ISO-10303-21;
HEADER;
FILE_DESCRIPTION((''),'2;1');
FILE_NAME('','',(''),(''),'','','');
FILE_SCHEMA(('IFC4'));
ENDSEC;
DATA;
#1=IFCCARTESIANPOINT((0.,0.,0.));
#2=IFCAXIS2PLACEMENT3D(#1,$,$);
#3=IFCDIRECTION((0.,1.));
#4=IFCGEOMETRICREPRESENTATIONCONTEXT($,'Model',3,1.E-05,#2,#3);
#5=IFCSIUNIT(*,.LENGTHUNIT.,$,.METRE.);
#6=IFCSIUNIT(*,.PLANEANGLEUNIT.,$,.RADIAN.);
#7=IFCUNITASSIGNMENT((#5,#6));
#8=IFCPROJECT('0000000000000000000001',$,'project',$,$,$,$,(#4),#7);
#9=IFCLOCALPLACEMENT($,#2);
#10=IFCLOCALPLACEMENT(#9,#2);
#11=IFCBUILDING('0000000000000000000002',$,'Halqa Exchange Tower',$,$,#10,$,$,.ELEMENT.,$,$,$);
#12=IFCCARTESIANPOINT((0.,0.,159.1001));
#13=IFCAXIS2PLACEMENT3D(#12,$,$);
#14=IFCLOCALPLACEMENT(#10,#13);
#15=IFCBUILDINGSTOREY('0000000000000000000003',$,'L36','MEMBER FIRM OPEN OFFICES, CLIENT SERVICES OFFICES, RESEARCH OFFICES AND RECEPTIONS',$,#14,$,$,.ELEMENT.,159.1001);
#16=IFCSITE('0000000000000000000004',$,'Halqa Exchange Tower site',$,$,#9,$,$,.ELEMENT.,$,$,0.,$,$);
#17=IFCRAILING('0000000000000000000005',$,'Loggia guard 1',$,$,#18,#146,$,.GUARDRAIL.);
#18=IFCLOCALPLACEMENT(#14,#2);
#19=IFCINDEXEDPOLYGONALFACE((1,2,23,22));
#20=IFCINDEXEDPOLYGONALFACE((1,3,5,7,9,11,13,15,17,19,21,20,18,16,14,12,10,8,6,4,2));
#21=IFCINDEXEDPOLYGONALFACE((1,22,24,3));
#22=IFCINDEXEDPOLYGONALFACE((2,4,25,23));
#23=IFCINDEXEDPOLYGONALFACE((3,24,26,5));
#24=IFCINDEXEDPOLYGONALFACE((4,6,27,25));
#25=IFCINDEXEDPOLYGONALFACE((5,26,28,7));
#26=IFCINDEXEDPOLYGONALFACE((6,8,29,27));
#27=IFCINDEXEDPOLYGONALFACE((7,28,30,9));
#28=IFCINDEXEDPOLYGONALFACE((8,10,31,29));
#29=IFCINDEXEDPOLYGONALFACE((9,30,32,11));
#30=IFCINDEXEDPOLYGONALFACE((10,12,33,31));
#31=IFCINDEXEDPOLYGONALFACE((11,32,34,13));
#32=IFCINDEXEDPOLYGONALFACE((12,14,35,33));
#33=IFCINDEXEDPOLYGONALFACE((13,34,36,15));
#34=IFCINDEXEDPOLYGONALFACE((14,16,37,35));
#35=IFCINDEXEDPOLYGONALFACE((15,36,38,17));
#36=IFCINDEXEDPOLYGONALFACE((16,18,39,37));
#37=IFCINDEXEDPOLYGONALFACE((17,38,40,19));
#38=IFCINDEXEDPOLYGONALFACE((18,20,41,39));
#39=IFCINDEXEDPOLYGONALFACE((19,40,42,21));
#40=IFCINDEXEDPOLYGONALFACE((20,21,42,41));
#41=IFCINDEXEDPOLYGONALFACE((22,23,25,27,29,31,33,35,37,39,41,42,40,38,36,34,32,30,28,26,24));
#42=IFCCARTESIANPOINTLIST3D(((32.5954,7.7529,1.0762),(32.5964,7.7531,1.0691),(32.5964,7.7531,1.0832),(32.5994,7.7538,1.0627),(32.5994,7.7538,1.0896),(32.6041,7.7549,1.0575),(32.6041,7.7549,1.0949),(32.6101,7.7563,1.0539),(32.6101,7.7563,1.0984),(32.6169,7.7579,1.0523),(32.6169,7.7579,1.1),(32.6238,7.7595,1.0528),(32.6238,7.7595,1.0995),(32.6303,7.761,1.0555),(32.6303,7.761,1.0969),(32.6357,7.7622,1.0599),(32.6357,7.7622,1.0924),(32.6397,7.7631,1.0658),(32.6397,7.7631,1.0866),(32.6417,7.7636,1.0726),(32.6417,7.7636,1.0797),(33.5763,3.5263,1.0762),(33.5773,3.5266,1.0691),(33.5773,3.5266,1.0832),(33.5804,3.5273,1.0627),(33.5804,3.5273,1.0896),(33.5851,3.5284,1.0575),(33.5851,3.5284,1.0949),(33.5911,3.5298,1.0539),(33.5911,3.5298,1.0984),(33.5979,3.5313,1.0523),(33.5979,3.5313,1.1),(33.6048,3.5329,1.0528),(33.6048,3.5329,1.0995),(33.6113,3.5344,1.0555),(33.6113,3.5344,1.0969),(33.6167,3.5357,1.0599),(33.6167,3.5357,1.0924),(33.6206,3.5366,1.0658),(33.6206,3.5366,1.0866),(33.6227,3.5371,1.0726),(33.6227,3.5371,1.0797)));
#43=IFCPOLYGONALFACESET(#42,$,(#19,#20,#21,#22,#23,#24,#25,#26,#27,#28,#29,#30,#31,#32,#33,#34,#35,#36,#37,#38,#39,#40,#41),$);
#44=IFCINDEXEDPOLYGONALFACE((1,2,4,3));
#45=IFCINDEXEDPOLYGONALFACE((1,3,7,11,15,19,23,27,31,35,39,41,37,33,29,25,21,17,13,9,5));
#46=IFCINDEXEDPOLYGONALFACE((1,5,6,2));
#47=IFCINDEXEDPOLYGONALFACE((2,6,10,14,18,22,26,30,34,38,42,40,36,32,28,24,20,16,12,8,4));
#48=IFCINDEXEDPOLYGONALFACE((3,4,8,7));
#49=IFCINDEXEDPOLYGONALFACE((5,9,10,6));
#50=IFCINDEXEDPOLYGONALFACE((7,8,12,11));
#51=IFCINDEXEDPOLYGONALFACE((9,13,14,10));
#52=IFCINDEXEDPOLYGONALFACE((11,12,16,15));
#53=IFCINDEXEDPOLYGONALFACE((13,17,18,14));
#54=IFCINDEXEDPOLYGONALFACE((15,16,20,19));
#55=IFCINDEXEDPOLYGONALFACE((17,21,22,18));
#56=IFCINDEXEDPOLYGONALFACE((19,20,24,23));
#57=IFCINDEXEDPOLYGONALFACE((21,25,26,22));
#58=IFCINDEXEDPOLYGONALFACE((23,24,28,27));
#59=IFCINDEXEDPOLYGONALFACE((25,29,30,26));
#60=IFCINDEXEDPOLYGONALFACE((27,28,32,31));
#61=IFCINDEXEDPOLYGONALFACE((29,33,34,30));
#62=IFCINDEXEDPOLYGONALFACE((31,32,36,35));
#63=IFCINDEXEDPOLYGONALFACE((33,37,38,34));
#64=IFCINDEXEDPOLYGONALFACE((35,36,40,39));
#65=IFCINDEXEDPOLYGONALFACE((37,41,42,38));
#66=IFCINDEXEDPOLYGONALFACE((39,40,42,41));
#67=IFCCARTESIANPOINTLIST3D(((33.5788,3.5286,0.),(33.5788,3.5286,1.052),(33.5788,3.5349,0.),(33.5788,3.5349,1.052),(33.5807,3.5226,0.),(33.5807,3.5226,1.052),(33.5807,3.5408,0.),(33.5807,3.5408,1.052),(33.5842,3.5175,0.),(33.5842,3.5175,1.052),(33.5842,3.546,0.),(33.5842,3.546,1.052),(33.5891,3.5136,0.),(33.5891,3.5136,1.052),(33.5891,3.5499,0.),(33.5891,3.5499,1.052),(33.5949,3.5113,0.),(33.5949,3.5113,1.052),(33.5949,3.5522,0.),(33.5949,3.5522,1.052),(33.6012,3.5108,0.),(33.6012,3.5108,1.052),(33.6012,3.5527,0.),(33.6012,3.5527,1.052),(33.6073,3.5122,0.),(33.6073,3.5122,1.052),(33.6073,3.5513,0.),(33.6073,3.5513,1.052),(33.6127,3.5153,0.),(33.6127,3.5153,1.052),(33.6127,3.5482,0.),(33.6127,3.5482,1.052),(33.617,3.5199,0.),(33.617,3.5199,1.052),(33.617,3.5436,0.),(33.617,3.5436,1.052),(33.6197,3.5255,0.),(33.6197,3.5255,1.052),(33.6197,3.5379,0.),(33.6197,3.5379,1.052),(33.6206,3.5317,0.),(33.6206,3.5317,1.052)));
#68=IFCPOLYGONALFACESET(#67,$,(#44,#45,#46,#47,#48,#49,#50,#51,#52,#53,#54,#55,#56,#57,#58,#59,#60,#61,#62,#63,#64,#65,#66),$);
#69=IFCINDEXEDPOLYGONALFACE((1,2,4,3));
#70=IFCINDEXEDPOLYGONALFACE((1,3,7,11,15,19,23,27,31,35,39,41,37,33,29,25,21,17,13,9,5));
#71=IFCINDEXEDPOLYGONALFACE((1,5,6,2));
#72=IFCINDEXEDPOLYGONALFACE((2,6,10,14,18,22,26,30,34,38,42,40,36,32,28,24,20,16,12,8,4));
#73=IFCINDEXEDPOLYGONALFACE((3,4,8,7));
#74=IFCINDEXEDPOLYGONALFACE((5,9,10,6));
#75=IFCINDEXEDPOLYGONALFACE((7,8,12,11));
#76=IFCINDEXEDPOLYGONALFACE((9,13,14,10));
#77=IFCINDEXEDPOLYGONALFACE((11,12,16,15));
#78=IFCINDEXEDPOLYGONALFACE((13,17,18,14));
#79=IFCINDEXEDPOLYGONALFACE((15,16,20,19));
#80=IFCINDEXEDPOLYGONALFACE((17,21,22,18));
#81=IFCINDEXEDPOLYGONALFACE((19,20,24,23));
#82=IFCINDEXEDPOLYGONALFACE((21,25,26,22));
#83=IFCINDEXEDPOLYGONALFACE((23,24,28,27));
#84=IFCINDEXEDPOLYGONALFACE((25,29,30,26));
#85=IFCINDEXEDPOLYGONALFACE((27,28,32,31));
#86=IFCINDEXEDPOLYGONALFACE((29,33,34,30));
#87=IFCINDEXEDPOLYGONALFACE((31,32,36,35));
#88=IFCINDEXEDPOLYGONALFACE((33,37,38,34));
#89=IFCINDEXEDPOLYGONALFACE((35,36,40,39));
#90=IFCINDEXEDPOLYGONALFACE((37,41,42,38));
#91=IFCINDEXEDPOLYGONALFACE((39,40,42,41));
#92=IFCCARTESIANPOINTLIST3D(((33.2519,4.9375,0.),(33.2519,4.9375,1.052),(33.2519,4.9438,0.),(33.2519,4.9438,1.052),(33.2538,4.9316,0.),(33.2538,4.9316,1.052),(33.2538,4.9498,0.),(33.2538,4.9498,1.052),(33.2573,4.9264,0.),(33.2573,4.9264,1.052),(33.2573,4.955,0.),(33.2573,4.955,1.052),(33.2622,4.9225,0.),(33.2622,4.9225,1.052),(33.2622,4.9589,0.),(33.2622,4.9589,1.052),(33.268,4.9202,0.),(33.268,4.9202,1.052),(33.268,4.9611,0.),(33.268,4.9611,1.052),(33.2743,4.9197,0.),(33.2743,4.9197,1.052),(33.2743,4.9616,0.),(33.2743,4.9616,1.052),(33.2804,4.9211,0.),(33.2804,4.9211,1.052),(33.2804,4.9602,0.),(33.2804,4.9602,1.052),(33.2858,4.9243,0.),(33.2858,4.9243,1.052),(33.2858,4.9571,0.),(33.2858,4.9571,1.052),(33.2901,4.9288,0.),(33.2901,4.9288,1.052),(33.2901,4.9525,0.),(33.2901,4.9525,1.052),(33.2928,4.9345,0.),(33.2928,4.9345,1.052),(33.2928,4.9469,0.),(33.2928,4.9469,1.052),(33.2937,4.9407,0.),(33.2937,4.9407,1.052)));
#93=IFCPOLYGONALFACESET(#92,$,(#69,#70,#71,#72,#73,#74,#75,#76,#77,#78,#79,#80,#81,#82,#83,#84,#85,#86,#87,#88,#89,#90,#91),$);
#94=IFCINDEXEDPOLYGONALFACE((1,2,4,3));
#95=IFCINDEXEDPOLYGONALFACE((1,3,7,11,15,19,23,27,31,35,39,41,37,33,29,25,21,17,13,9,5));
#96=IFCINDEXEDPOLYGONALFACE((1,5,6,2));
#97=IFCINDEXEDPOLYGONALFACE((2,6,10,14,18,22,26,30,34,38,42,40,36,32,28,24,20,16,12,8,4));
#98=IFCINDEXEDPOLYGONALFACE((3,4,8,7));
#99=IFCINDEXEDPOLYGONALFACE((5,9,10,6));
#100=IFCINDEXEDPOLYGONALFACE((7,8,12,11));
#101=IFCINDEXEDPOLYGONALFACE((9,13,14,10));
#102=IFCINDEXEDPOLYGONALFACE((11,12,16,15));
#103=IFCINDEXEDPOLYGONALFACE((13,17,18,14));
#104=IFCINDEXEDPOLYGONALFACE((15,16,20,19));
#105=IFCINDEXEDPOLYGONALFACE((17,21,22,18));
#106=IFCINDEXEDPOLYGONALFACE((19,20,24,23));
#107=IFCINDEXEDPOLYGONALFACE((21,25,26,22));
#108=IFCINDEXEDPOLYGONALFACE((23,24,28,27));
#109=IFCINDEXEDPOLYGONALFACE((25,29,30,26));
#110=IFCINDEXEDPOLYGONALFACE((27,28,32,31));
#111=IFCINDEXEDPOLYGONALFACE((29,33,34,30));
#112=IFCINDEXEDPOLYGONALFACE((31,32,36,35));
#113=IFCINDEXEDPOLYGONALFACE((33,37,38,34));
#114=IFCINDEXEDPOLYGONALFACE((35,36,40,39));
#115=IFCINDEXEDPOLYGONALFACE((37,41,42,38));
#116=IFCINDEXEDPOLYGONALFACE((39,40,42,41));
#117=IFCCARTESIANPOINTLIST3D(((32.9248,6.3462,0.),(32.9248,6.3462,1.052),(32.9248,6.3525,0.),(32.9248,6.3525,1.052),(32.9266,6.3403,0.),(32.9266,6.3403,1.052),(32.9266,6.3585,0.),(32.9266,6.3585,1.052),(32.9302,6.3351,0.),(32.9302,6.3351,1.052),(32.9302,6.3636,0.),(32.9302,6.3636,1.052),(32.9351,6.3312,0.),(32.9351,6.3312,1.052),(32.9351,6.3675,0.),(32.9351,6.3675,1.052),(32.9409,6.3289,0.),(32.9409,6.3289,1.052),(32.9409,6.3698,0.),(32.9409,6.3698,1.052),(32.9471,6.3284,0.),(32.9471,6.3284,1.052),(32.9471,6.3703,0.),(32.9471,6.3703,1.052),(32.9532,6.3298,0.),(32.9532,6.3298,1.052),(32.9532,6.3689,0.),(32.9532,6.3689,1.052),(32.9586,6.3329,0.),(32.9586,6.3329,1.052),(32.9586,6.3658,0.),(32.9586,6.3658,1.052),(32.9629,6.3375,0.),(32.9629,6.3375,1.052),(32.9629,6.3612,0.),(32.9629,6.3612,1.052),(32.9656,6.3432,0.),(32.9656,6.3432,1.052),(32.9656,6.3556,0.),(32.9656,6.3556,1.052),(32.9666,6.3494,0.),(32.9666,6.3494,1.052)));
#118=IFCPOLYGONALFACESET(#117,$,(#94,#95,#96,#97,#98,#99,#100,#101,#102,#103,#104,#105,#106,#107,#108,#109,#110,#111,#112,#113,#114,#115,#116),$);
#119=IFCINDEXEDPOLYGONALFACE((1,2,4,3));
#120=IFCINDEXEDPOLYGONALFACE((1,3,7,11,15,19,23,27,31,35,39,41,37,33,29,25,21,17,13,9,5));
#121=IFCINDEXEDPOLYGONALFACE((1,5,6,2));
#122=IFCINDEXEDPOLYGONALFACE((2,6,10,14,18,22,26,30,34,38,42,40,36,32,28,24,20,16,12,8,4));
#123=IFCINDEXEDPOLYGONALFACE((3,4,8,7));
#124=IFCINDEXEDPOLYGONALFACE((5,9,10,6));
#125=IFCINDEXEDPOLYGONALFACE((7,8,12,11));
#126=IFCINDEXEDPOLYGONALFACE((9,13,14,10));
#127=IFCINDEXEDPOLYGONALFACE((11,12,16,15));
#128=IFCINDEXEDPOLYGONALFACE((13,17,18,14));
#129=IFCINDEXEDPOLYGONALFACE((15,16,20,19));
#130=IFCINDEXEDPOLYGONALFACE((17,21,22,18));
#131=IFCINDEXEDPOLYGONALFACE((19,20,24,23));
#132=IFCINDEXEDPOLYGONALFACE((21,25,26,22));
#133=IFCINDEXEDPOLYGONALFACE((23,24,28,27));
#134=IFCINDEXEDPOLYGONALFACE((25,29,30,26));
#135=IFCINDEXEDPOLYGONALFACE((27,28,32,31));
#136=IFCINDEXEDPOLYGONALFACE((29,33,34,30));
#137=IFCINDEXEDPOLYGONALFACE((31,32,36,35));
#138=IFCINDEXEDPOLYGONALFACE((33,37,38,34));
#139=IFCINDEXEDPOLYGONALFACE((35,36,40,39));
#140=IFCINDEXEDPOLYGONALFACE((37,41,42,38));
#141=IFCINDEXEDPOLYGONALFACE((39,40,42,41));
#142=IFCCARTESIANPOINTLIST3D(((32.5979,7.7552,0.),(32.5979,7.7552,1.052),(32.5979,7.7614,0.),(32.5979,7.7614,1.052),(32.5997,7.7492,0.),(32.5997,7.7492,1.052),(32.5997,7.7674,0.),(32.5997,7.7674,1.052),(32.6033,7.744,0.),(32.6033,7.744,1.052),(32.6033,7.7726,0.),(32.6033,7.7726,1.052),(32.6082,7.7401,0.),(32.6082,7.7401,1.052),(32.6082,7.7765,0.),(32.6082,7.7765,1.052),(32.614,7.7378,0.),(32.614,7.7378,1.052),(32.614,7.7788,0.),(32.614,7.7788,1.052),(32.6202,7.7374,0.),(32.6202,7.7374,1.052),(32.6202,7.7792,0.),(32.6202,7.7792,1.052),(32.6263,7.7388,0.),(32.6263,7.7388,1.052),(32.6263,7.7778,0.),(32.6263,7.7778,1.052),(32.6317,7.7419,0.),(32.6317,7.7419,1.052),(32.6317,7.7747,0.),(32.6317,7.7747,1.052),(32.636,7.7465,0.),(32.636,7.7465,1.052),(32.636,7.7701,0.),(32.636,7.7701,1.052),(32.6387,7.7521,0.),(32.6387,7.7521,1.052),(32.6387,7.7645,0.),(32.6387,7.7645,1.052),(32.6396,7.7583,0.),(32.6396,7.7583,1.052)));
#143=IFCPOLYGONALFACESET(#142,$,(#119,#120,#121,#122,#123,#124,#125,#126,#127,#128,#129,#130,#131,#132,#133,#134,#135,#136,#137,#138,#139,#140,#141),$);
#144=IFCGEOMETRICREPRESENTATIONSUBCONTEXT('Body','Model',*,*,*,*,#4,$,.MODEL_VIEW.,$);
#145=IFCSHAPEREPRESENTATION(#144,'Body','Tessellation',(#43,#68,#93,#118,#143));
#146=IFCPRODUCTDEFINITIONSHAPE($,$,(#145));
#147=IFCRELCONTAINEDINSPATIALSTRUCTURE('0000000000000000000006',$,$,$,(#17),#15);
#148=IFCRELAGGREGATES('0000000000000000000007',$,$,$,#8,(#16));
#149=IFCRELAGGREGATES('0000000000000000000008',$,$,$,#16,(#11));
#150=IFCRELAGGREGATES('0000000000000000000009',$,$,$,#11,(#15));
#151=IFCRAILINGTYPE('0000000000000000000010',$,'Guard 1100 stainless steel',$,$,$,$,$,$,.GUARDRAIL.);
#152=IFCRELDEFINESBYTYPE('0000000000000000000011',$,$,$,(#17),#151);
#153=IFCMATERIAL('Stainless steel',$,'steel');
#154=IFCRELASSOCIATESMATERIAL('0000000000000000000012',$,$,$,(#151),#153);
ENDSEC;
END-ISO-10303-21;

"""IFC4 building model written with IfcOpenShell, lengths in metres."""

from ifc_helpers import new_model, si_unit, direction, frame, origin, origin_2d, place, context, subcontext, project, spatial, circle, extrude, material, type_object, element, save


model = new_model("IFC4")

# Units and contexts
model_context = context("Model", 3, precision=1e-05, world=origin(), true_north=direction((0.0, 1.0)))
body_context = subcontext(model_context, "Body", "Model", "MODEL_VIEW")
ifc_project = project(units=[si_unit("LENGTHUNIT", "METRE"), si_unit("PLANEANGLEUNIT", "RADIAN")], contexts=[model_context])

# Site, building, storey
site_placement = place(None, origin())
site = spatial("IfcSite", under=ifc_project, at=site_placement, Name="Halqa Exchange Tower site", CompositionType="ELEMENT", RefElevation=0.0)
building_placement = place(site_placement, origin())
building = spatial("IfcBuilding", under=site, at=building_placement, Name="Halqa Exchange Tower", CompositionType="ELEMENT")
storey_placement = place(building_placement, frame((0.0, 0.0, 159.1001)))
storey = spatial("IfcBuildingStorey", under=building, at=storey_placement, Name="L36", Description="MEMBER FIRM OPEN OFFICES, CLIENT SERVICES OFFICES, RESEARCH OFFICES AND RECEPTIONS", CompositionType="ELEMENT", Elevation=159.1001)

# Railing
ifc_material_1 = material(Name="Stainless steel", Category="steel")
railing_type = type_object("IfcRailingType", Name="Guard 1100 stainless steel", PredefinedType="GUARDRAIL", material=ifc_material_1)
railing_1_placement = place(storey_placement, frame((33.5996, 3.5317, 0.0)))
element("IfcRailing", 1, at=railing_1_placement, inside=storey, type_object=railing_type, Name="Loggia guard 1", PredefinedType="GUARDRAIL", context=body_context, shape_type="SweptSolid", body=[
    extrude(circle(Radius=0.0239, at=origin_2d()), frame((0.0, 0.0, 1.0762), z_axis=(-0.226084, 0.974108, 0.0), x_axis=(-0.974108, -0.226084, 0.0)), (0.0, 0.0, 1.0), 4.3389),
    extrude(circle(Radius=0.021, at=origin_2d()), origin(), (0.0, 0.0, 1.0), 1.052),
    extrude(circle(Radius=0.021, at=origin_2d()), frame((-0.3269, 1.4089, 0.0)), (0.0, 0.0, 1.0), 1.052),
    extrude(circle(Radius=0.021, at=origin_2d()), frame((-0.6541, 2.8176, 0.0)), (0.0, 0.0, 1.0), 1.052),
    extrude(circle(Radius=0.021, at=origin_2d()), frame((-0.981, 4.2266, 0.0)), (0.0, 0.0, 1.0), 1.052),
])

save(model, "model.ifc")
